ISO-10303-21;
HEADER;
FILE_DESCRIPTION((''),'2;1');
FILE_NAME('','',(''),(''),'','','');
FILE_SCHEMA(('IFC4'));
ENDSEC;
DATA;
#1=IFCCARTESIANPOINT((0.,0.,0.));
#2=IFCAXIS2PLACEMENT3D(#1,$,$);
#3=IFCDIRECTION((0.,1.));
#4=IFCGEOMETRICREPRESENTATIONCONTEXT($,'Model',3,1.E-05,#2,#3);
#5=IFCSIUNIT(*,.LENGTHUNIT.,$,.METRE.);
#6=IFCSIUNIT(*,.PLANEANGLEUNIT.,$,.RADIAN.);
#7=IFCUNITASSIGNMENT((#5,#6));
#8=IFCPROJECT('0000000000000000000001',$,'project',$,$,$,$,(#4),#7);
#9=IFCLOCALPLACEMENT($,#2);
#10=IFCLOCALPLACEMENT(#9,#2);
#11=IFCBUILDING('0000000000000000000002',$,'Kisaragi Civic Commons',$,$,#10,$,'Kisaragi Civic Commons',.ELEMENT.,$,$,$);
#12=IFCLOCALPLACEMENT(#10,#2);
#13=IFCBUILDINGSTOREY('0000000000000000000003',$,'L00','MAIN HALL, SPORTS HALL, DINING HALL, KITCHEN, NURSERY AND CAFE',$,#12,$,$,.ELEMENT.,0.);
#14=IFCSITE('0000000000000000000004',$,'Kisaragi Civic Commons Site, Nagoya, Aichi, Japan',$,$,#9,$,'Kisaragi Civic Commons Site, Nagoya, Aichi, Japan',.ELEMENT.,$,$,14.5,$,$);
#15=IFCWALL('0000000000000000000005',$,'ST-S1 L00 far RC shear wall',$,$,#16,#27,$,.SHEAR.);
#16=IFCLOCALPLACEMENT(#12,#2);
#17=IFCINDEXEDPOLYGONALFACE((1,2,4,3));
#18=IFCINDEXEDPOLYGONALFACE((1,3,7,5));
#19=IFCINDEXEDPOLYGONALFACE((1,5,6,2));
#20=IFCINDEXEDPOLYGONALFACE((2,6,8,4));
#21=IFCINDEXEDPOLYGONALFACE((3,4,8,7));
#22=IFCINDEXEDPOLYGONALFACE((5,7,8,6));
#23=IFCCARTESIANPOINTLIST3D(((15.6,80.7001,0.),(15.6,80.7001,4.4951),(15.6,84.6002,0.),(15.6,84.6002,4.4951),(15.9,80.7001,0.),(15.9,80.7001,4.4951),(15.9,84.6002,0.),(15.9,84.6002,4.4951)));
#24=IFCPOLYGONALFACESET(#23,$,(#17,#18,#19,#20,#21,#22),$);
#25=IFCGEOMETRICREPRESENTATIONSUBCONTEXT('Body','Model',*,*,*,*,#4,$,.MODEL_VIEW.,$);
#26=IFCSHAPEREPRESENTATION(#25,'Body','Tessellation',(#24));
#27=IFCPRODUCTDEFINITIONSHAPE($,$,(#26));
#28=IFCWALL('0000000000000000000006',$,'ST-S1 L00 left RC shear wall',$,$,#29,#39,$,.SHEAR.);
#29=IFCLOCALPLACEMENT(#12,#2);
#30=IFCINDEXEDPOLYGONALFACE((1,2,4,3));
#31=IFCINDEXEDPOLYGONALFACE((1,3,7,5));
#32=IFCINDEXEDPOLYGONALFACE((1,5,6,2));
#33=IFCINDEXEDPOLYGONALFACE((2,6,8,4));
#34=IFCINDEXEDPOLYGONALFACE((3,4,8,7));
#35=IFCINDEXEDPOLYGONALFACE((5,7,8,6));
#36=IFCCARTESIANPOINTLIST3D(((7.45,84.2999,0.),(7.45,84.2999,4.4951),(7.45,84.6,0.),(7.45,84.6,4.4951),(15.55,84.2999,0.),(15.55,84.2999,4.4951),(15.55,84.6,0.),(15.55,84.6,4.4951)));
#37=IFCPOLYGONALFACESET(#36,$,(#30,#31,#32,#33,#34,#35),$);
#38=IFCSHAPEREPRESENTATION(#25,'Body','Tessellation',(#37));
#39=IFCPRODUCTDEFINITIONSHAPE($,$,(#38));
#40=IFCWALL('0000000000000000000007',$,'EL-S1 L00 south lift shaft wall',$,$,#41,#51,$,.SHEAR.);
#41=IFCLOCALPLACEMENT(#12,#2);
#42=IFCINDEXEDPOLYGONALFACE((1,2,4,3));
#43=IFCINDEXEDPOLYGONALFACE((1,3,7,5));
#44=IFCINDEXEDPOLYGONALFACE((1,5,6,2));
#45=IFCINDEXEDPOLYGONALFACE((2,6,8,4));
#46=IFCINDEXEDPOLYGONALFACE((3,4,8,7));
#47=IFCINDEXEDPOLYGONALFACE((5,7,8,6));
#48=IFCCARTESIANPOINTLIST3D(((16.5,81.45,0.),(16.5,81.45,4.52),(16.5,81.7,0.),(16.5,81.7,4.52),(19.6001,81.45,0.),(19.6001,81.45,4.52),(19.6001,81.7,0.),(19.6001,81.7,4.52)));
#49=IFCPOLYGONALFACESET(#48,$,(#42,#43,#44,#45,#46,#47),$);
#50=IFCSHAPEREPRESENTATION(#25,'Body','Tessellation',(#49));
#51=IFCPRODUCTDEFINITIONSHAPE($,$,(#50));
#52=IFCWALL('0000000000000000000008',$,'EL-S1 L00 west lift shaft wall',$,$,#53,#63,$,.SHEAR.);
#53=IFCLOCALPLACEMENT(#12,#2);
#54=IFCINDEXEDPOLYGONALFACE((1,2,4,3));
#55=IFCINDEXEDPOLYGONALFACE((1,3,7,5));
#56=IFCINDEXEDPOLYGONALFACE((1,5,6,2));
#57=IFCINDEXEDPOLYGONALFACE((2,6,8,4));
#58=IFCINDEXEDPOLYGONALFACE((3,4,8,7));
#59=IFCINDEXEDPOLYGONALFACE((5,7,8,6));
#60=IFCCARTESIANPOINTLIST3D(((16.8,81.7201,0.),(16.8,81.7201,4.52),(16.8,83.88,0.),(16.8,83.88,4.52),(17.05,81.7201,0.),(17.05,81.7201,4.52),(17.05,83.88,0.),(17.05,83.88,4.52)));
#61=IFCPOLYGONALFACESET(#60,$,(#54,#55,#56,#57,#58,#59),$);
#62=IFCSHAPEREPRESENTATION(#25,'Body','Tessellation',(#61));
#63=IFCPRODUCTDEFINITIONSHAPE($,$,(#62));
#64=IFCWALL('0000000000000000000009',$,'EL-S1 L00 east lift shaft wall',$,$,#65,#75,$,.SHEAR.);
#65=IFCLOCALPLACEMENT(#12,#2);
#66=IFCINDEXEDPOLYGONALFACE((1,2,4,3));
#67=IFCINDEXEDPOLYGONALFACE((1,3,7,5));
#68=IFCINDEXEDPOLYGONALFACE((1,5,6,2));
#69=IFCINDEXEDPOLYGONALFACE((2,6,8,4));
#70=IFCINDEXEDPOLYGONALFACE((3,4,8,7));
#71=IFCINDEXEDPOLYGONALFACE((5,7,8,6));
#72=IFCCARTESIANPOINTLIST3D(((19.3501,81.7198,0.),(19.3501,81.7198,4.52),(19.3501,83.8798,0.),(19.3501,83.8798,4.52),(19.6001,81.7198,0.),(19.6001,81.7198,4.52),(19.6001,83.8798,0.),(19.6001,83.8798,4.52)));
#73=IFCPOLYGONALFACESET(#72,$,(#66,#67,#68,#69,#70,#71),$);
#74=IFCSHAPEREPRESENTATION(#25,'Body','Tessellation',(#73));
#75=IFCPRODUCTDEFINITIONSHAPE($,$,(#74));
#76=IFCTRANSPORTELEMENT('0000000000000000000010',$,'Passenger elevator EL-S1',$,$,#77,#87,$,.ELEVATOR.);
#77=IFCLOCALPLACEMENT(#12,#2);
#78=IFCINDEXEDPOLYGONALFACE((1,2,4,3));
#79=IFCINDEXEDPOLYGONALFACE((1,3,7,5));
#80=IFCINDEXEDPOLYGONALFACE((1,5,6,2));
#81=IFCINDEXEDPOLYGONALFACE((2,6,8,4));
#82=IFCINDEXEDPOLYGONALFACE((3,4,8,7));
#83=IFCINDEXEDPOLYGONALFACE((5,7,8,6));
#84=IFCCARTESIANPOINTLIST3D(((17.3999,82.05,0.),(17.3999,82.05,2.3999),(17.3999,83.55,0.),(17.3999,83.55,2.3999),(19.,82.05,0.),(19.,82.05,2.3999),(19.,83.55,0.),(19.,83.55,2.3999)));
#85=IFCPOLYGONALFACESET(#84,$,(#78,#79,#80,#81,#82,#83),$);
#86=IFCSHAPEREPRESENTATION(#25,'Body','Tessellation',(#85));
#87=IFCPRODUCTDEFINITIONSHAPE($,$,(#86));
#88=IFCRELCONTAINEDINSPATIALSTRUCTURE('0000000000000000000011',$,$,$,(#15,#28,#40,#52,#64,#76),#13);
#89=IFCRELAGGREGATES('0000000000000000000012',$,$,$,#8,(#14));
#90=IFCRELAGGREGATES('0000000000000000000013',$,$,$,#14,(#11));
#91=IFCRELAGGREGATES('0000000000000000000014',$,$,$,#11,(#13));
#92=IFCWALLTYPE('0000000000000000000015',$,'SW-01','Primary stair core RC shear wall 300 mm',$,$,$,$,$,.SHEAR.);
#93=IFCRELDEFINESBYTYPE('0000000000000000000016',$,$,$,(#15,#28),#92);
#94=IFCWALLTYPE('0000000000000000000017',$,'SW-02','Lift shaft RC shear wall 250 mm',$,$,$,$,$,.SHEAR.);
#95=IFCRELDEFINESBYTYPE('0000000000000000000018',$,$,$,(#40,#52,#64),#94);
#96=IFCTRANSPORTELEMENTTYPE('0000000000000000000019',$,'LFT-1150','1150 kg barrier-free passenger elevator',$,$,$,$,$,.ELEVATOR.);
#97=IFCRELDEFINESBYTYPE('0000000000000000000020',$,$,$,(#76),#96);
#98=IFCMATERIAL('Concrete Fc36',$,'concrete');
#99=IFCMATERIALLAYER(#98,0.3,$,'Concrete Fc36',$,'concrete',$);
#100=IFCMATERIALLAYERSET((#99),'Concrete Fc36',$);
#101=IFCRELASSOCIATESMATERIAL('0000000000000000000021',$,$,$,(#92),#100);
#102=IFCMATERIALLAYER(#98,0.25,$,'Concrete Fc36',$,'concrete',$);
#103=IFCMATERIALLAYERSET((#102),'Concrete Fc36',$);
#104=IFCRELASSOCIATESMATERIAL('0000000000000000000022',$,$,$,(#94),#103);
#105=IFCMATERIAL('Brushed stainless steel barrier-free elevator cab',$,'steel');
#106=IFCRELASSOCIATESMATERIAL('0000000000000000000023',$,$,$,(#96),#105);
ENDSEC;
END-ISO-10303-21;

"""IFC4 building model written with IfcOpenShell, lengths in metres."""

from ifc_helpers import new_model, si_unit, direction, frame, frame_2d, origin, origin_2d, place, context, subcontext, project, spatial, rectangle, extrude, material, layer, layer_set, type_object, element, save


model = new_model("IFC4")

# Units and contexts
model_context = context("Model", 3, precision=1e-05, world=origin(), true_north=direction((0.0, 1.0)))
body_context = subcontext(model_context, "Body", "Model", "MODEL_VIEW")
ifc_project = project(units=[si_unit("LENGTHUNIT", "METRE"), si_unit("PLANEANGLEUNIT", "RADIAN")], contexts=[model_context])

# Site, building, storey
site_placement = place(None, origin())
site = spatial("IfcSite", under=ifc_project, at=site_placement, Name="Kisaragi Civic Commons Site, Nagoya, Aichi, Japan", LongName="Kisaragi Civic Commons Site, Nagoya, Aichi, Japan", CompositionType="ELEMENT", RefElevation=14.5)
building_placement = place(site_placement, origin())
building = spatial("IfcBuilding", under=site, at=building_placement, Name="Kisaragi Civic Commons", LongName="Kisaragi Civic Commons", CompositionType="ELEMENT")
storey_placement = place(building_placement, origin())
storey = spatial("IfcBuildingStorey", under=building, at=storey_placement, Name="L00", Description="MAIN HALL, SPORTS HALL, DINING HALL, KITCHEN, NURSERY AND CAFE", CompositionType="ELEMENT", Elevation=0.0)

# Shared definitions
ifc_material_1 = material(Name="Concrete Fc36", Category="concrete")

# Walls
ifc_layer_1 = layer(ifc_material_1, 0.3, Name="Concrete Fc36", Category="concrete")
ifc_layer_set_1 = layer_set([ifc_layer_1], Name="Concrete Fc36")
wall_type_1 = type_object("IfcWallType", Name="SW-01", Description="Primary stair core RC shear wall 300 mm", PredefinedType="SHEAR", material=ifc_layer_set_1)
wall_1_placement = place(storey_placement, frame((15.75, 80.7, 0.0), z_axis=(0.0, 0.0, 1.0), x_axis=(0.0, 1.0, 0.0)))
element("IfcWall", 1, at=wall_1_placement, inside=storey, type_object=wall_type_1, Name="ST-S1 L00 far RC shear wall", PredefinedType="SHEAR", context=body_context, shape_type="SweptSolid", body=[
    extrude(rectangle(XDim=3.9001, YDim=0.3, at=frame_2d((1.9502, 0.0))), origin(), (0.0, 0.0, 1.0), 4.4951),
])
wall_2_placement = place(storey_placement, frame((15.55, 84.45, 0.0), z_axis=(0.0, 0.0, 1.0), x_axis=(-1.0, 0.0, 0.0)))
element("IfcWall", 2, at=wall_2_placement, inside=storey, type_object=wall_type_1, Name="ST-S1 L00 left RC shear wall", PredefinedType="SHEAR", context=body_context, shape_type="SweptSolid", body=[
    extrude(rectangle(XDim=8.1001, YDim=0.3, at=frame_2d((4.05, 0.0))), origin(), (0.0, 0.0, 1.0), 4.4951),
])
ifc_layer_2 = layer(ifc_material_1, 0.25, Name="Concrete Fc36", Category="concrete")
ifc_layer_set_2 = layer_set([ifc_layer_2], Name="Concrete Fc36")
wall_type_2 = type_object("IfcWallType", Name="SW-02", Description="Lift shaft RC shear wall 250 mm", PredefinedType="SHEAR", material=ifc_layer_set_2)
wall_3_placement = place(storey_placement, frame((19.6001, 81.575, 0.0), z_axis=(0.0, 0.0, 1.0), x_axis=(-1.0, 0.0, 0.0)))
element("IfcWall", 3, at=wall_3_placement, inside=storey, type_object=wall_type_2, Name="EL-S1 L00 south lift shaft wall", PredefinedType="SHEAR", context=body_context, shape_type="SweptSolid", body=[
    extrude(rectangle(XDim=3.1001, YDim=0.25, at=frame_2d((1.55, 0.0))), origin(), (0.0, 0.0, 1.0), 4.52),
])
wall_4_placement = place(storey_placement, frame((16.925, 81.72, 0.0), z_axis=(0.0, 0.0, 1.0), x_axis=(0.0, 1.0, 0.0)))
element("IfcWall", 4, at=wall_4_placement, inside=storey, type_object=wall_type_2, Name="EL-S1 L00 west lift shaft wall", PredefinedType="SHEAR", context=body_context, shape_type="SweptSolid", body=[
    extrude(rectangle(XDim=2.1599, YDim=0.25, at=frame_2d((1.0801, 0.0))), origin(), (0.0, 0.0, 1.0), 4.52),
])

# Wall
wall_5_placement = place(storey_placement, frame((19.4751, 83.8799, 0.0), z_axis=(0.0, 0.0, 1.0), x_axis=(0.0, -1.0, 0.0)))
element("IfcWall", 5, at=wall_5_placement, inside=storey, type_object=wall_type_2, Name="EL-S1 L00 east lift shaft wall", PredefinedType="SHEAR", context=body_context, shape_type="SweptSolid", body=[
    extrude(rectangle(XDim=2.1599, YDim=0.25, at=frame_2d((1.0801, 0.0))), origin(), (0.0, 0.0, 1.0), 4.52),
])

# Transport element
ifc_material_2 = material(Name="Brushed stainless steel barrier-free elevator cab", Category="steel")
transport_element_type = type_object("IfcTransportElementType", Name="LFT-1150", Description="1150 kg barrier-free passenger elevator", PredefinedType="ELEVATOR", material=ifc_material_2)
transport_element_placement = place(storey_placement, frame((18.2, 82.8, 0.0), z_axis=(0.0, 0.0, 1.0), x_axis=(1.0, 0.0, 0.0)))
element("IfcTransportElement", 6, at=transport_element_placement, inside=storey, type_object=transport_element_type, Name="Passenger elevator EL-S1", PredefinedType="ELEVATOR", context=body_context, shape_type="SweptSolid", body=[
    extrude(rectangle(XDim=1.6001, YDim=1.5, at=origin_2d()), origin(), (0.0, 0.0, 1.0), 2.3999),
])

save(model, "model.ifc")
